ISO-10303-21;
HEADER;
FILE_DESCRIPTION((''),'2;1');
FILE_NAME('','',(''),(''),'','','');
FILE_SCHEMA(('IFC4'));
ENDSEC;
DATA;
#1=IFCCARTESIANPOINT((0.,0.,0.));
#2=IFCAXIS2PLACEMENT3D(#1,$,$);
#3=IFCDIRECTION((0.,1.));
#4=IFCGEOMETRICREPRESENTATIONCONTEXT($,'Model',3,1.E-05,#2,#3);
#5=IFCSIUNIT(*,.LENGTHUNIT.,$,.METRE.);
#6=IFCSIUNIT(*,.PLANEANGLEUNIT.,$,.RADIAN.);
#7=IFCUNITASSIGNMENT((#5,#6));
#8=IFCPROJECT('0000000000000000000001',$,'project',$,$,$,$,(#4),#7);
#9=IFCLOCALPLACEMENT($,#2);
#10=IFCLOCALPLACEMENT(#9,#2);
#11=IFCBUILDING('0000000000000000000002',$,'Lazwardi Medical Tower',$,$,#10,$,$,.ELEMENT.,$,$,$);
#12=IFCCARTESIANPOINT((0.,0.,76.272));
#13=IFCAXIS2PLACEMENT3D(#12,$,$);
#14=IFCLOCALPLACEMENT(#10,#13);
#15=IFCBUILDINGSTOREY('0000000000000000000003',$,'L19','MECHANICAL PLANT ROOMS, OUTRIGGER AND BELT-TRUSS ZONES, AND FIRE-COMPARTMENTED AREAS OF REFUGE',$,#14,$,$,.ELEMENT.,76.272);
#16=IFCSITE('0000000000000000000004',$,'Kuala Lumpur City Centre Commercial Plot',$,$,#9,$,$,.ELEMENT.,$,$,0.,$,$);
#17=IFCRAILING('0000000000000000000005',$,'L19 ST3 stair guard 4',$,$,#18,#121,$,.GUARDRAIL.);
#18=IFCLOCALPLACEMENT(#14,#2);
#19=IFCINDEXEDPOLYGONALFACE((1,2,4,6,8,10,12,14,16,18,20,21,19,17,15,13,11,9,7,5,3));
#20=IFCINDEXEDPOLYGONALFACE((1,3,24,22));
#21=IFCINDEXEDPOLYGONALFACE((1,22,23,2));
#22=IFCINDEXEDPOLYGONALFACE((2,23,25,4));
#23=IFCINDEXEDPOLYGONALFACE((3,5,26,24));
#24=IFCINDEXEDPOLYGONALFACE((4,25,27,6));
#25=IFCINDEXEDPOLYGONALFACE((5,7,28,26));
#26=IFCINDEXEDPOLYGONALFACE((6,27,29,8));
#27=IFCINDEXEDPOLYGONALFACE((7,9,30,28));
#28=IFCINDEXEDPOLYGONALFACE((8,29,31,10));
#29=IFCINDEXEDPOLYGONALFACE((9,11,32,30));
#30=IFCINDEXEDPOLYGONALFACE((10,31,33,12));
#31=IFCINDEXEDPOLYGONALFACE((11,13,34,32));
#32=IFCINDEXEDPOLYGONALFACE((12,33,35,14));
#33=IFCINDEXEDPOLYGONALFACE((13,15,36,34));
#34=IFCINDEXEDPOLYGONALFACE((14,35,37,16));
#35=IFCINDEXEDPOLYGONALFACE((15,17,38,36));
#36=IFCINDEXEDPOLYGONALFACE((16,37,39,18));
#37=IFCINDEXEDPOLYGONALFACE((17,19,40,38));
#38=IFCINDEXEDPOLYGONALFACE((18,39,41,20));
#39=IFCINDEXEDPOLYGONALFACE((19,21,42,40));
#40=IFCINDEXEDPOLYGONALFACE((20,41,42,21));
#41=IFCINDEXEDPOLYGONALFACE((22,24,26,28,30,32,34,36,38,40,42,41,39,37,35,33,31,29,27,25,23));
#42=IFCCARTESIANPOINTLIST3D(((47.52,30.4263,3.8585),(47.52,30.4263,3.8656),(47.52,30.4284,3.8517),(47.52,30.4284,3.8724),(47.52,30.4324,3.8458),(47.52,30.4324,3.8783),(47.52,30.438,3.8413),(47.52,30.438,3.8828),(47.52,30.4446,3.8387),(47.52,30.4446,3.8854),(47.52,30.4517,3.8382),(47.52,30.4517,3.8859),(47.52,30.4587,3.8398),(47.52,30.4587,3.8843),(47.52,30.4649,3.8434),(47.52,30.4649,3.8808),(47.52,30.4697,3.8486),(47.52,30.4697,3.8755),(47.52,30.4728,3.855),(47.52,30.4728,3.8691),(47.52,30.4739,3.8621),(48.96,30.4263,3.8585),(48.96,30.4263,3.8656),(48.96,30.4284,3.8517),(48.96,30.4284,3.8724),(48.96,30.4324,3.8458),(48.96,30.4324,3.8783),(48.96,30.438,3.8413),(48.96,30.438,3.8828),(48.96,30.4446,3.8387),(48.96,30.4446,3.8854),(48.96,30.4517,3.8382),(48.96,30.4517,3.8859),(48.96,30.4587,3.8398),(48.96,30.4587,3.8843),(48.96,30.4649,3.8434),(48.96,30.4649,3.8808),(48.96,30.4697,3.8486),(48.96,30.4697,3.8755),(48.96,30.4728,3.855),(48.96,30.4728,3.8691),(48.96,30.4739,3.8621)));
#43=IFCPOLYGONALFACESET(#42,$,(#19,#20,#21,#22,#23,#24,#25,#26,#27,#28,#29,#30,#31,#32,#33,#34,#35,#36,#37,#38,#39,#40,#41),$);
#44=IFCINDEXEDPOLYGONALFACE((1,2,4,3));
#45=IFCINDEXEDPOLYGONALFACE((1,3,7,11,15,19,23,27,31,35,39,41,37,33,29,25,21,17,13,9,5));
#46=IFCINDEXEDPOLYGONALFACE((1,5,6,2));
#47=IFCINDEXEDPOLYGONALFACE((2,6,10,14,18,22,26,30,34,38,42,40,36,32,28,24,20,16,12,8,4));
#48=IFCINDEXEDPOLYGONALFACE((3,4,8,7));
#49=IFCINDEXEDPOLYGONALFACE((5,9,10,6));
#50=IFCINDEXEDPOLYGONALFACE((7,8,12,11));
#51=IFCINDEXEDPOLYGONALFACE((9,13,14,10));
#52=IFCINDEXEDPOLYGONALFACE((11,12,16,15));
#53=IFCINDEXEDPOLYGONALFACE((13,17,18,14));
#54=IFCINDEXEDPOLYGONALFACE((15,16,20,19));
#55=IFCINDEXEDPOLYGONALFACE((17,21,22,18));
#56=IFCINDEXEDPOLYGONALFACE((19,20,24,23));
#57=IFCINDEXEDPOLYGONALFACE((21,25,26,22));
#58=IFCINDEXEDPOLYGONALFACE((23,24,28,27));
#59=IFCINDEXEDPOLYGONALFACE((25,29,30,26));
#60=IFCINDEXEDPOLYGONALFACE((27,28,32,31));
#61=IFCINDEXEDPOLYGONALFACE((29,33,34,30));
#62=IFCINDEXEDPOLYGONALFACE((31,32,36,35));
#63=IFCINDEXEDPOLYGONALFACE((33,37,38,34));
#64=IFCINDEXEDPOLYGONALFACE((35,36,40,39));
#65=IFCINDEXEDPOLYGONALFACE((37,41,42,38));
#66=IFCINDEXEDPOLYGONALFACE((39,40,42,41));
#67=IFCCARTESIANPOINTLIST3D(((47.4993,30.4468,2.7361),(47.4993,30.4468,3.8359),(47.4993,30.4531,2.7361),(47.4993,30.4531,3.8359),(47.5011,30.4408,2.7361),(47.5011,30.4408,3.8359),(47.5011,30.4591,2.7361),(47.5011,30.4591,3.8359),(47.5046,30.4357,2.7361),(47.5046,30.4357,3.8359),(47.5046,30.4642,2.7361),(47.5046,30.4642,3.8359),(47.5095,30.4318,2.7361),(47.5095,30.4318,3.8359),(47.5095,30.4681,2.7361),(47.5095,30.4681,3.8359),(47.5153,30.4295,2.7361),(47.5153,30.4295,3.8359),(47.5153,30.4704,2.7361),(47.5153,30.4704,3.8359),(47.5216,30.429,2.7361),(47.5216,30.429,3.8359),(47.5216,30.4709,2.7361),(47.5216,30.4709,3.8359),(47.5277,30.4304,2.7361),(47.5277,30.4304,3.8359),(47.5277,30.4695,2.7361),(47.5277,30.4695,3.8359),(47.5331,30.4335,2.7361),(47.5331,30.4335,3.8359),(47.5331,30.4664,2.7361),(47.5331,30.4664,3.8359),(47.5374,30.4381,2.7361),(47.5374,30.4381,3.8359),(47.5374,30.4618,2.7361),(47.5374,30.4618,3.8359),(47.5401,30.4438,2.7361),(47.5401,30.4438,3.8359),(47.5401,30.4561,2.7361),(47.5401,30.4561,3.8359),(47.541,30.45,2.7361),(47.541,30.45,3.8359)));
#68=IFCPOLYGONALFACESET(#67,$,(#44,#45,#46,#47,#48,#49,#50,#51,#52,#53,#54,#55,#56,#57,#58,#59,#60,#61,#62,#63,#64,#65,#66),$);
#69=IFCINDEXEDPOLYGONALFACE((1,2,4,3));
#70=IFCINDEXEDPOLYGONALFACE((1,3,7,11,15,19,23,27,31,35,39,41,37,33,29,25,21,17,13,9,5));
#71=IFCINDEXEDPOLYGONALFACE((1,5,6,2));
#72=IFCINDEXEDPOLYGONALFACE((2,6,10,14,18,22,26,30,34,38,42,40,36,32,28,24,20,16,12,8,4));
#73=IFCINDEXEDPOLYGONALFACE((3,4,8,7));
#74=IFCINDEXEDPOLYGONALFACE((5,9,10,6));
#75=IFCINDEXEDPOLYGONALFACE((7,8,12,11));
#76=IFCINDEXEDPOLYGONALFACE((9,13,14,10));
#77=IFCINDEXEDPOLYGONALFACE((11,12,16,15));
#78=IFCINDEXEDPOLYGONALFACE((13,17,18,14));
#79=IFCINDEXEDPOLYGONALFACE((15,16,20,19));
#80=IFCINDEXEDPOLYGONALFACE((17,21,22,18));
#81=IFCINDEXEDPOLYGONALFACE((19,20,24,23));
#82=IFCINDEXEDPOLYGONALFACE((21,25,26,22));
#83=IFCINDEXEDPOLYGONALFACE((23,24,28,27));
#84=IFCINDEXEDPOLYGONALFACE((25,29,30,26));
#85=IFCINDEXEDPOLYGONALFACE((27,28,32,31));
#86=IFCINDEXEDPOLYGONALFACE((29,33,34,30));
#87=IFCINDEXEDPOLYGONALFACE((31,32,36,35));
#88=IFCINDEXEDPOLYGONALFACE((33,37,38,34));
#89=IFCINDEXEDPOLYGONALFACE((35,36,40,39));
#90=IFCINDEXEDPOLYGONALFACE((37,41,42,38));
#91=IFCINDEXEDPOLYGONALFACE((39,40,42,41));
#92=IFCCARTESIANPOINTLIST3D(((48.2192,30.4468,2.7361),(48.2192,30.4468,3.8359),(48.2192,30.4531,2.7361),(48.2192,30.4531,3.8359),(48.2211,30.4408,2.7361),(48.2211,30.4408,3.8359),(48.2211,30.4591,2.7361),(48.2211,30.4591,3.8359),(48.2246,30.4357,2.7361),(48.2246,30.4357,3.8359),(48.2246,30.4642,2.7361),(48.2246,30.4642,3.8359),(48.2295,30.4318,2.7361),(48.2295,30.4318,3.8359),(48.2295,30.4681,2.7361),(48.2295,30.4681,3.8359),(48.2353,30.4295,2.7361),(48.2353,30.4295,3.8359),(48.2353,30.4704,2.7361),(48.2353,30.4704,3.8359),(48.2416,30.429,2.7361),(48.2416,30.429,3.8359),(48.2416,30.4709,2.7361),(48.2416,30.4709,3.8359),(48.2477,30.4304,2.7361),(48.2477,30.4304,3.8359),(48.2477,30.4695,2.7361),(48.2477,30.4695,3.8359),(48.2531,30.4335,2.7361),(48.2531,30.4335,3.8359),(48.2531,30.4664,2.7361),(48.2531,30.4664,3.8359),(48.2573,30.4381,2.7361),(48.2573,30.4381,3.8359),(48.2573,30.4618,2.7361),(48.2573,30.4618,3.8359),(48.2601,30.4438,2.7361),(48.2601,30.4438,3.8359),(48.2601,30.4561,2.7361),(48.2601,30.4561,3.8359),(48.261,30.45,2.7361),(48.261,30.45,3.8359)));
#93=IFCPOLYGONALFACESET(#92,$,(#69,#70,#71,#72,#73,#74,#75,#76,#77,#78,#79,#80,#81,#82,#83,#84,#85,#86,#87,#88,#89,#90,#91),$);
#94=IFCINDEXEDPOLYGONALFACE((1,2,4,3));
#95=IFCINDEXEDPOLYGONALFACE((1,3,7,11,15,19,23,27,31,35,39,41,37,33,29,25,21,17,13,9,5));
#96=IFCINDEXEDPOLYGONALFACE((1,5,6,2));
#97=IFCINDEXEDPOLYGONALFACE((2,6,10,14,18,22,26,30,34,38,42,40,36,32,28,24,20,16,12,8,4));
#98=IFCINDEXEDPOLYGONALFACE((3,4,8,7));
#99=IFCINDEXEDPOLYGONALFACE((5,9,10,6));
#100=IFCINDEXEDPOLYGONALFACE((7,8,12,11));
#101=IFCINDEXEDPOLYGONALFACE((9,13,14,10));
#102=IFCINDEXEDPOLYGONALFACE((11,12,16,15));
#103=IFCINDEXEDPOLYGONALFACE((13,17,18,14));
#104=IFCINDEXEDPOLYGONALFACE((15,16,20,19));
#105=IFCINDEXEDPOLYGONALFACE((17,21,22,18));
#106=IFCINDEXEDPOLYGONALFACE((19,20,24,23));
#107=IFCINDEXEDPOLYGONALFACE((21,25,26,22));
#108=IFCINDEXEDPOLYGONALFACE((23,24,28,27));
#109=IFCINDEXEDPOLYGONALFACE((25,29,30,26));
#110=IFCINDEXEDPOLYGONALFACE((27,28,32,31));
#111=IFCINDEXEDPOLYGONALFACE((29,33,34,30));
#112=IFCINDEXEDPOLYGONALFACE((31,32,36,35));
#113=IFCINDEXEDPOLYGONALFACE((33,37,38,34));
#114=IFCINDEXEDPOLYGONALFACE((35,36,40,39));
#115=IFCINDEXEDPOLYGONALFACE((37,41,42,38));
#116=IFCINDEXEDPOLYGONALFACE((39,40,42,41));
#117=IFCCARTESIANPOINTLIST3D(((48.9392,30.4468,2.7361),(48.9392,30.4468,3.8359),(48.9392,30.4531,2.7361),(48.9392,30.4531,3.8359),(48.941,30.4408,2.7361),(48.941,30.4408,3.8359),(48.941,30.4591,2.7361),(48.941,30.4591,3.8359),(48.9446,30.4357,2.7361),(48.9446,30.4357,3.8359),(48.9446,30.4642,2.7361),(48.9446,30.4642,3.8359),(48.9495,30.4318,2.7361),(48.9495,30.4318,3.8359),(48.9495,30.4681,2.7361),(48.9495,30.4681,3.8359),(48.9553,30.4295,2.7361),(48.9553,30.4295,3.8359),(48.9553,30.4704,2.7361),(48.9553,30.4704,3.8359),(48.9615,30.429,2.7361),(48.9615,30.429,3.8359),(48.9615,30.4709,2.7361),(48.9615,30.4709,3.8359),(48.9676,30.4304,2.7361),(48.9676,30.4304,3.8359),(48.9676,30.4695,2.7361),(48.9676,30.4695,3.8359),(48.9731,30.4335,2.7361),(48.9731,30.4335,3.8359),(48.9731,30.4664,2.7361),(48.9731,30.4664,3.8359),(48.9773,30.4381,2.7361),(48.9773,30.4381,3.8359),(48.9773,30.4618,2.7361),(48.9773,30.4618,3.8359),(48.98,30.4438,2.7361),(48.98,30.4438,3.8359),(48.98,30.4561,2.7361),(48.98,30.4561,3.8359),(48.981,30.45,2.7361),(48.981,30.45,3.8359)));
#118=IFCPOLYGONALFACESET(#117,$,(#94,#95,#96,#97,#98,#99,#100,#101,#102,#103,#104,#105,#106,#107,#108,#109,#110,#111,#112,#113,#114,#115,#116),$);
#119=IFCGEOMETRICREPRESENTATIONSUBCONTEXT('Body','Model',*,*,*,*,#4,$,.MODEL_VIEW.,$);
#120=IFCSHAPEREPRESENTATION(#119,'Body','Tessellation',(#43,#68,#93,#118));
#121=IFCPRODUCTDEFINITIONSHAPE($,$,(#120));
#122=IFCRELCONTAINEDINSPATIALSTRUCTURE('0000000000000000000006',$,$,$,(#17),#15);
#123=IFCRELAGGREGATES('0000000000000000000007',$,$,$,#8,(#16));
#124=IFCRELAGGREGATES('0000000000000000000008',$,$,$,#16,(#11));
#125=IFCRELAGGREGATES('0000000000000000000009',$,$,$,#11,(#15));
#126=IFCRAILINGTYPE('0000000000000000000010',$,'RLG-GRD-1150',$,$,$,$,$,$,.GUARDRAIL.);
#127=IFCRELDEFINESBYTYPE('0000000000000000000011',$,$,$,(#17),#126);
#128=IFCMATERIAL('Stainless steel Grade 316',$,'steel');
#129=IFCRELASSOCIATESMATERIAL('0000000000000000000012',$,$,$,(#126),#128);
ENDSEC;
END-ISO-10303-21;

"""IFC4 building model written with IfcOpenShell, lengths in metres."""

from ifc_helpers import new_model, si_unit, direction, frame, origin, origin_2d, place, context, subcontext, project, spatial, circle, extrude, material, type_object, element, save


model = new_model("IFC4")

# Units and contexts
model_context = context("Model", 3, precision=1e-05, world=origin(), true_north=direction((0.0, 1.0)))
body_context = subcontext(model_context, "Body", "Model", "MODEL_VIEW")
ifc_project = project(units=[si_unit("LENGTHUNIT", "METRE"), si_unit("PLANEANGLEUNIT", "RADIAN")], contexts=[model_context])

# Site, building, storey
site_placement = place(None, origin())
site = spatial("IfcSite", under=ifc_project, at=site_placement, Name="Kuala Lumpur City Centre Commercial Plot", CompositionType="ELEMENT", RefElevation=0.0)
building_placement = place(site_placement, origin())
building = spatial("IfcBuilding", under=site, at=building_placement, Name="Lazwardi Medical Tower", CompositionType="ELEMENT")
storey_placement = place(building_placement, frame((0.0, 0.0, 76.272)))
storey = spatial("IfcBuildingStorey", under=building, at=storey_placement, Name="L19", Description="MECHANICAL PLANT ROOMS, OUTRIGGER AND BELT-TRUSS ZONES, AND FIRE-COMPARTMENTED AREAS OF REFUGE", CompositionType="ELEMENT", Elevation=76.272)

# Railing
ifc_material_1 = material(Name="Stainless steel Grade 316", Category="steel")
railing_type_1 = type_object("IfcRailingType", Name="RLG-GRD-1150", PredefinedType="GUARDRAIL", material=ifc_material_1)
railing_1_placement = place(storey_placement, frame((47.52, 30.45, 2.7361)))
element("IfcRailing", 1, at=railing_1_placement, inside=storey, type_object=railing_type_1, Name="L19 ST3 stair guard 4", PredefinedType="GUARDRAIL", context=body_context, shape_type="SweptSolid", body=[
    extrude(circle(Radius=0.0239, at=origin_2d()), frame((0.0, 0.0, 1.126), z_axis=(1.0, 0.0, 0.0), x_axis=(0.0, 1.0, 0.0)), (0.0, 0.0, 1.0), 1.4399),
    extrude(circle(Radius=0.021, at=origin_2d()), origin(), (0.0, 0.0, 1.0), 1.0999),
    extrude(circle(Radius=0.021, at=origin_2d()), frame((0.72, 0.0, 0.0)), (0.0, 0.0, 1.0), 1.0999),
    extrude(circle(Radius=0.021, at=origin_2d()), frame((1.4399, 0.0, 0.0)), (0.0, 0.0, 1.0), 1.0999),
])

save(model, "model.ifc")
